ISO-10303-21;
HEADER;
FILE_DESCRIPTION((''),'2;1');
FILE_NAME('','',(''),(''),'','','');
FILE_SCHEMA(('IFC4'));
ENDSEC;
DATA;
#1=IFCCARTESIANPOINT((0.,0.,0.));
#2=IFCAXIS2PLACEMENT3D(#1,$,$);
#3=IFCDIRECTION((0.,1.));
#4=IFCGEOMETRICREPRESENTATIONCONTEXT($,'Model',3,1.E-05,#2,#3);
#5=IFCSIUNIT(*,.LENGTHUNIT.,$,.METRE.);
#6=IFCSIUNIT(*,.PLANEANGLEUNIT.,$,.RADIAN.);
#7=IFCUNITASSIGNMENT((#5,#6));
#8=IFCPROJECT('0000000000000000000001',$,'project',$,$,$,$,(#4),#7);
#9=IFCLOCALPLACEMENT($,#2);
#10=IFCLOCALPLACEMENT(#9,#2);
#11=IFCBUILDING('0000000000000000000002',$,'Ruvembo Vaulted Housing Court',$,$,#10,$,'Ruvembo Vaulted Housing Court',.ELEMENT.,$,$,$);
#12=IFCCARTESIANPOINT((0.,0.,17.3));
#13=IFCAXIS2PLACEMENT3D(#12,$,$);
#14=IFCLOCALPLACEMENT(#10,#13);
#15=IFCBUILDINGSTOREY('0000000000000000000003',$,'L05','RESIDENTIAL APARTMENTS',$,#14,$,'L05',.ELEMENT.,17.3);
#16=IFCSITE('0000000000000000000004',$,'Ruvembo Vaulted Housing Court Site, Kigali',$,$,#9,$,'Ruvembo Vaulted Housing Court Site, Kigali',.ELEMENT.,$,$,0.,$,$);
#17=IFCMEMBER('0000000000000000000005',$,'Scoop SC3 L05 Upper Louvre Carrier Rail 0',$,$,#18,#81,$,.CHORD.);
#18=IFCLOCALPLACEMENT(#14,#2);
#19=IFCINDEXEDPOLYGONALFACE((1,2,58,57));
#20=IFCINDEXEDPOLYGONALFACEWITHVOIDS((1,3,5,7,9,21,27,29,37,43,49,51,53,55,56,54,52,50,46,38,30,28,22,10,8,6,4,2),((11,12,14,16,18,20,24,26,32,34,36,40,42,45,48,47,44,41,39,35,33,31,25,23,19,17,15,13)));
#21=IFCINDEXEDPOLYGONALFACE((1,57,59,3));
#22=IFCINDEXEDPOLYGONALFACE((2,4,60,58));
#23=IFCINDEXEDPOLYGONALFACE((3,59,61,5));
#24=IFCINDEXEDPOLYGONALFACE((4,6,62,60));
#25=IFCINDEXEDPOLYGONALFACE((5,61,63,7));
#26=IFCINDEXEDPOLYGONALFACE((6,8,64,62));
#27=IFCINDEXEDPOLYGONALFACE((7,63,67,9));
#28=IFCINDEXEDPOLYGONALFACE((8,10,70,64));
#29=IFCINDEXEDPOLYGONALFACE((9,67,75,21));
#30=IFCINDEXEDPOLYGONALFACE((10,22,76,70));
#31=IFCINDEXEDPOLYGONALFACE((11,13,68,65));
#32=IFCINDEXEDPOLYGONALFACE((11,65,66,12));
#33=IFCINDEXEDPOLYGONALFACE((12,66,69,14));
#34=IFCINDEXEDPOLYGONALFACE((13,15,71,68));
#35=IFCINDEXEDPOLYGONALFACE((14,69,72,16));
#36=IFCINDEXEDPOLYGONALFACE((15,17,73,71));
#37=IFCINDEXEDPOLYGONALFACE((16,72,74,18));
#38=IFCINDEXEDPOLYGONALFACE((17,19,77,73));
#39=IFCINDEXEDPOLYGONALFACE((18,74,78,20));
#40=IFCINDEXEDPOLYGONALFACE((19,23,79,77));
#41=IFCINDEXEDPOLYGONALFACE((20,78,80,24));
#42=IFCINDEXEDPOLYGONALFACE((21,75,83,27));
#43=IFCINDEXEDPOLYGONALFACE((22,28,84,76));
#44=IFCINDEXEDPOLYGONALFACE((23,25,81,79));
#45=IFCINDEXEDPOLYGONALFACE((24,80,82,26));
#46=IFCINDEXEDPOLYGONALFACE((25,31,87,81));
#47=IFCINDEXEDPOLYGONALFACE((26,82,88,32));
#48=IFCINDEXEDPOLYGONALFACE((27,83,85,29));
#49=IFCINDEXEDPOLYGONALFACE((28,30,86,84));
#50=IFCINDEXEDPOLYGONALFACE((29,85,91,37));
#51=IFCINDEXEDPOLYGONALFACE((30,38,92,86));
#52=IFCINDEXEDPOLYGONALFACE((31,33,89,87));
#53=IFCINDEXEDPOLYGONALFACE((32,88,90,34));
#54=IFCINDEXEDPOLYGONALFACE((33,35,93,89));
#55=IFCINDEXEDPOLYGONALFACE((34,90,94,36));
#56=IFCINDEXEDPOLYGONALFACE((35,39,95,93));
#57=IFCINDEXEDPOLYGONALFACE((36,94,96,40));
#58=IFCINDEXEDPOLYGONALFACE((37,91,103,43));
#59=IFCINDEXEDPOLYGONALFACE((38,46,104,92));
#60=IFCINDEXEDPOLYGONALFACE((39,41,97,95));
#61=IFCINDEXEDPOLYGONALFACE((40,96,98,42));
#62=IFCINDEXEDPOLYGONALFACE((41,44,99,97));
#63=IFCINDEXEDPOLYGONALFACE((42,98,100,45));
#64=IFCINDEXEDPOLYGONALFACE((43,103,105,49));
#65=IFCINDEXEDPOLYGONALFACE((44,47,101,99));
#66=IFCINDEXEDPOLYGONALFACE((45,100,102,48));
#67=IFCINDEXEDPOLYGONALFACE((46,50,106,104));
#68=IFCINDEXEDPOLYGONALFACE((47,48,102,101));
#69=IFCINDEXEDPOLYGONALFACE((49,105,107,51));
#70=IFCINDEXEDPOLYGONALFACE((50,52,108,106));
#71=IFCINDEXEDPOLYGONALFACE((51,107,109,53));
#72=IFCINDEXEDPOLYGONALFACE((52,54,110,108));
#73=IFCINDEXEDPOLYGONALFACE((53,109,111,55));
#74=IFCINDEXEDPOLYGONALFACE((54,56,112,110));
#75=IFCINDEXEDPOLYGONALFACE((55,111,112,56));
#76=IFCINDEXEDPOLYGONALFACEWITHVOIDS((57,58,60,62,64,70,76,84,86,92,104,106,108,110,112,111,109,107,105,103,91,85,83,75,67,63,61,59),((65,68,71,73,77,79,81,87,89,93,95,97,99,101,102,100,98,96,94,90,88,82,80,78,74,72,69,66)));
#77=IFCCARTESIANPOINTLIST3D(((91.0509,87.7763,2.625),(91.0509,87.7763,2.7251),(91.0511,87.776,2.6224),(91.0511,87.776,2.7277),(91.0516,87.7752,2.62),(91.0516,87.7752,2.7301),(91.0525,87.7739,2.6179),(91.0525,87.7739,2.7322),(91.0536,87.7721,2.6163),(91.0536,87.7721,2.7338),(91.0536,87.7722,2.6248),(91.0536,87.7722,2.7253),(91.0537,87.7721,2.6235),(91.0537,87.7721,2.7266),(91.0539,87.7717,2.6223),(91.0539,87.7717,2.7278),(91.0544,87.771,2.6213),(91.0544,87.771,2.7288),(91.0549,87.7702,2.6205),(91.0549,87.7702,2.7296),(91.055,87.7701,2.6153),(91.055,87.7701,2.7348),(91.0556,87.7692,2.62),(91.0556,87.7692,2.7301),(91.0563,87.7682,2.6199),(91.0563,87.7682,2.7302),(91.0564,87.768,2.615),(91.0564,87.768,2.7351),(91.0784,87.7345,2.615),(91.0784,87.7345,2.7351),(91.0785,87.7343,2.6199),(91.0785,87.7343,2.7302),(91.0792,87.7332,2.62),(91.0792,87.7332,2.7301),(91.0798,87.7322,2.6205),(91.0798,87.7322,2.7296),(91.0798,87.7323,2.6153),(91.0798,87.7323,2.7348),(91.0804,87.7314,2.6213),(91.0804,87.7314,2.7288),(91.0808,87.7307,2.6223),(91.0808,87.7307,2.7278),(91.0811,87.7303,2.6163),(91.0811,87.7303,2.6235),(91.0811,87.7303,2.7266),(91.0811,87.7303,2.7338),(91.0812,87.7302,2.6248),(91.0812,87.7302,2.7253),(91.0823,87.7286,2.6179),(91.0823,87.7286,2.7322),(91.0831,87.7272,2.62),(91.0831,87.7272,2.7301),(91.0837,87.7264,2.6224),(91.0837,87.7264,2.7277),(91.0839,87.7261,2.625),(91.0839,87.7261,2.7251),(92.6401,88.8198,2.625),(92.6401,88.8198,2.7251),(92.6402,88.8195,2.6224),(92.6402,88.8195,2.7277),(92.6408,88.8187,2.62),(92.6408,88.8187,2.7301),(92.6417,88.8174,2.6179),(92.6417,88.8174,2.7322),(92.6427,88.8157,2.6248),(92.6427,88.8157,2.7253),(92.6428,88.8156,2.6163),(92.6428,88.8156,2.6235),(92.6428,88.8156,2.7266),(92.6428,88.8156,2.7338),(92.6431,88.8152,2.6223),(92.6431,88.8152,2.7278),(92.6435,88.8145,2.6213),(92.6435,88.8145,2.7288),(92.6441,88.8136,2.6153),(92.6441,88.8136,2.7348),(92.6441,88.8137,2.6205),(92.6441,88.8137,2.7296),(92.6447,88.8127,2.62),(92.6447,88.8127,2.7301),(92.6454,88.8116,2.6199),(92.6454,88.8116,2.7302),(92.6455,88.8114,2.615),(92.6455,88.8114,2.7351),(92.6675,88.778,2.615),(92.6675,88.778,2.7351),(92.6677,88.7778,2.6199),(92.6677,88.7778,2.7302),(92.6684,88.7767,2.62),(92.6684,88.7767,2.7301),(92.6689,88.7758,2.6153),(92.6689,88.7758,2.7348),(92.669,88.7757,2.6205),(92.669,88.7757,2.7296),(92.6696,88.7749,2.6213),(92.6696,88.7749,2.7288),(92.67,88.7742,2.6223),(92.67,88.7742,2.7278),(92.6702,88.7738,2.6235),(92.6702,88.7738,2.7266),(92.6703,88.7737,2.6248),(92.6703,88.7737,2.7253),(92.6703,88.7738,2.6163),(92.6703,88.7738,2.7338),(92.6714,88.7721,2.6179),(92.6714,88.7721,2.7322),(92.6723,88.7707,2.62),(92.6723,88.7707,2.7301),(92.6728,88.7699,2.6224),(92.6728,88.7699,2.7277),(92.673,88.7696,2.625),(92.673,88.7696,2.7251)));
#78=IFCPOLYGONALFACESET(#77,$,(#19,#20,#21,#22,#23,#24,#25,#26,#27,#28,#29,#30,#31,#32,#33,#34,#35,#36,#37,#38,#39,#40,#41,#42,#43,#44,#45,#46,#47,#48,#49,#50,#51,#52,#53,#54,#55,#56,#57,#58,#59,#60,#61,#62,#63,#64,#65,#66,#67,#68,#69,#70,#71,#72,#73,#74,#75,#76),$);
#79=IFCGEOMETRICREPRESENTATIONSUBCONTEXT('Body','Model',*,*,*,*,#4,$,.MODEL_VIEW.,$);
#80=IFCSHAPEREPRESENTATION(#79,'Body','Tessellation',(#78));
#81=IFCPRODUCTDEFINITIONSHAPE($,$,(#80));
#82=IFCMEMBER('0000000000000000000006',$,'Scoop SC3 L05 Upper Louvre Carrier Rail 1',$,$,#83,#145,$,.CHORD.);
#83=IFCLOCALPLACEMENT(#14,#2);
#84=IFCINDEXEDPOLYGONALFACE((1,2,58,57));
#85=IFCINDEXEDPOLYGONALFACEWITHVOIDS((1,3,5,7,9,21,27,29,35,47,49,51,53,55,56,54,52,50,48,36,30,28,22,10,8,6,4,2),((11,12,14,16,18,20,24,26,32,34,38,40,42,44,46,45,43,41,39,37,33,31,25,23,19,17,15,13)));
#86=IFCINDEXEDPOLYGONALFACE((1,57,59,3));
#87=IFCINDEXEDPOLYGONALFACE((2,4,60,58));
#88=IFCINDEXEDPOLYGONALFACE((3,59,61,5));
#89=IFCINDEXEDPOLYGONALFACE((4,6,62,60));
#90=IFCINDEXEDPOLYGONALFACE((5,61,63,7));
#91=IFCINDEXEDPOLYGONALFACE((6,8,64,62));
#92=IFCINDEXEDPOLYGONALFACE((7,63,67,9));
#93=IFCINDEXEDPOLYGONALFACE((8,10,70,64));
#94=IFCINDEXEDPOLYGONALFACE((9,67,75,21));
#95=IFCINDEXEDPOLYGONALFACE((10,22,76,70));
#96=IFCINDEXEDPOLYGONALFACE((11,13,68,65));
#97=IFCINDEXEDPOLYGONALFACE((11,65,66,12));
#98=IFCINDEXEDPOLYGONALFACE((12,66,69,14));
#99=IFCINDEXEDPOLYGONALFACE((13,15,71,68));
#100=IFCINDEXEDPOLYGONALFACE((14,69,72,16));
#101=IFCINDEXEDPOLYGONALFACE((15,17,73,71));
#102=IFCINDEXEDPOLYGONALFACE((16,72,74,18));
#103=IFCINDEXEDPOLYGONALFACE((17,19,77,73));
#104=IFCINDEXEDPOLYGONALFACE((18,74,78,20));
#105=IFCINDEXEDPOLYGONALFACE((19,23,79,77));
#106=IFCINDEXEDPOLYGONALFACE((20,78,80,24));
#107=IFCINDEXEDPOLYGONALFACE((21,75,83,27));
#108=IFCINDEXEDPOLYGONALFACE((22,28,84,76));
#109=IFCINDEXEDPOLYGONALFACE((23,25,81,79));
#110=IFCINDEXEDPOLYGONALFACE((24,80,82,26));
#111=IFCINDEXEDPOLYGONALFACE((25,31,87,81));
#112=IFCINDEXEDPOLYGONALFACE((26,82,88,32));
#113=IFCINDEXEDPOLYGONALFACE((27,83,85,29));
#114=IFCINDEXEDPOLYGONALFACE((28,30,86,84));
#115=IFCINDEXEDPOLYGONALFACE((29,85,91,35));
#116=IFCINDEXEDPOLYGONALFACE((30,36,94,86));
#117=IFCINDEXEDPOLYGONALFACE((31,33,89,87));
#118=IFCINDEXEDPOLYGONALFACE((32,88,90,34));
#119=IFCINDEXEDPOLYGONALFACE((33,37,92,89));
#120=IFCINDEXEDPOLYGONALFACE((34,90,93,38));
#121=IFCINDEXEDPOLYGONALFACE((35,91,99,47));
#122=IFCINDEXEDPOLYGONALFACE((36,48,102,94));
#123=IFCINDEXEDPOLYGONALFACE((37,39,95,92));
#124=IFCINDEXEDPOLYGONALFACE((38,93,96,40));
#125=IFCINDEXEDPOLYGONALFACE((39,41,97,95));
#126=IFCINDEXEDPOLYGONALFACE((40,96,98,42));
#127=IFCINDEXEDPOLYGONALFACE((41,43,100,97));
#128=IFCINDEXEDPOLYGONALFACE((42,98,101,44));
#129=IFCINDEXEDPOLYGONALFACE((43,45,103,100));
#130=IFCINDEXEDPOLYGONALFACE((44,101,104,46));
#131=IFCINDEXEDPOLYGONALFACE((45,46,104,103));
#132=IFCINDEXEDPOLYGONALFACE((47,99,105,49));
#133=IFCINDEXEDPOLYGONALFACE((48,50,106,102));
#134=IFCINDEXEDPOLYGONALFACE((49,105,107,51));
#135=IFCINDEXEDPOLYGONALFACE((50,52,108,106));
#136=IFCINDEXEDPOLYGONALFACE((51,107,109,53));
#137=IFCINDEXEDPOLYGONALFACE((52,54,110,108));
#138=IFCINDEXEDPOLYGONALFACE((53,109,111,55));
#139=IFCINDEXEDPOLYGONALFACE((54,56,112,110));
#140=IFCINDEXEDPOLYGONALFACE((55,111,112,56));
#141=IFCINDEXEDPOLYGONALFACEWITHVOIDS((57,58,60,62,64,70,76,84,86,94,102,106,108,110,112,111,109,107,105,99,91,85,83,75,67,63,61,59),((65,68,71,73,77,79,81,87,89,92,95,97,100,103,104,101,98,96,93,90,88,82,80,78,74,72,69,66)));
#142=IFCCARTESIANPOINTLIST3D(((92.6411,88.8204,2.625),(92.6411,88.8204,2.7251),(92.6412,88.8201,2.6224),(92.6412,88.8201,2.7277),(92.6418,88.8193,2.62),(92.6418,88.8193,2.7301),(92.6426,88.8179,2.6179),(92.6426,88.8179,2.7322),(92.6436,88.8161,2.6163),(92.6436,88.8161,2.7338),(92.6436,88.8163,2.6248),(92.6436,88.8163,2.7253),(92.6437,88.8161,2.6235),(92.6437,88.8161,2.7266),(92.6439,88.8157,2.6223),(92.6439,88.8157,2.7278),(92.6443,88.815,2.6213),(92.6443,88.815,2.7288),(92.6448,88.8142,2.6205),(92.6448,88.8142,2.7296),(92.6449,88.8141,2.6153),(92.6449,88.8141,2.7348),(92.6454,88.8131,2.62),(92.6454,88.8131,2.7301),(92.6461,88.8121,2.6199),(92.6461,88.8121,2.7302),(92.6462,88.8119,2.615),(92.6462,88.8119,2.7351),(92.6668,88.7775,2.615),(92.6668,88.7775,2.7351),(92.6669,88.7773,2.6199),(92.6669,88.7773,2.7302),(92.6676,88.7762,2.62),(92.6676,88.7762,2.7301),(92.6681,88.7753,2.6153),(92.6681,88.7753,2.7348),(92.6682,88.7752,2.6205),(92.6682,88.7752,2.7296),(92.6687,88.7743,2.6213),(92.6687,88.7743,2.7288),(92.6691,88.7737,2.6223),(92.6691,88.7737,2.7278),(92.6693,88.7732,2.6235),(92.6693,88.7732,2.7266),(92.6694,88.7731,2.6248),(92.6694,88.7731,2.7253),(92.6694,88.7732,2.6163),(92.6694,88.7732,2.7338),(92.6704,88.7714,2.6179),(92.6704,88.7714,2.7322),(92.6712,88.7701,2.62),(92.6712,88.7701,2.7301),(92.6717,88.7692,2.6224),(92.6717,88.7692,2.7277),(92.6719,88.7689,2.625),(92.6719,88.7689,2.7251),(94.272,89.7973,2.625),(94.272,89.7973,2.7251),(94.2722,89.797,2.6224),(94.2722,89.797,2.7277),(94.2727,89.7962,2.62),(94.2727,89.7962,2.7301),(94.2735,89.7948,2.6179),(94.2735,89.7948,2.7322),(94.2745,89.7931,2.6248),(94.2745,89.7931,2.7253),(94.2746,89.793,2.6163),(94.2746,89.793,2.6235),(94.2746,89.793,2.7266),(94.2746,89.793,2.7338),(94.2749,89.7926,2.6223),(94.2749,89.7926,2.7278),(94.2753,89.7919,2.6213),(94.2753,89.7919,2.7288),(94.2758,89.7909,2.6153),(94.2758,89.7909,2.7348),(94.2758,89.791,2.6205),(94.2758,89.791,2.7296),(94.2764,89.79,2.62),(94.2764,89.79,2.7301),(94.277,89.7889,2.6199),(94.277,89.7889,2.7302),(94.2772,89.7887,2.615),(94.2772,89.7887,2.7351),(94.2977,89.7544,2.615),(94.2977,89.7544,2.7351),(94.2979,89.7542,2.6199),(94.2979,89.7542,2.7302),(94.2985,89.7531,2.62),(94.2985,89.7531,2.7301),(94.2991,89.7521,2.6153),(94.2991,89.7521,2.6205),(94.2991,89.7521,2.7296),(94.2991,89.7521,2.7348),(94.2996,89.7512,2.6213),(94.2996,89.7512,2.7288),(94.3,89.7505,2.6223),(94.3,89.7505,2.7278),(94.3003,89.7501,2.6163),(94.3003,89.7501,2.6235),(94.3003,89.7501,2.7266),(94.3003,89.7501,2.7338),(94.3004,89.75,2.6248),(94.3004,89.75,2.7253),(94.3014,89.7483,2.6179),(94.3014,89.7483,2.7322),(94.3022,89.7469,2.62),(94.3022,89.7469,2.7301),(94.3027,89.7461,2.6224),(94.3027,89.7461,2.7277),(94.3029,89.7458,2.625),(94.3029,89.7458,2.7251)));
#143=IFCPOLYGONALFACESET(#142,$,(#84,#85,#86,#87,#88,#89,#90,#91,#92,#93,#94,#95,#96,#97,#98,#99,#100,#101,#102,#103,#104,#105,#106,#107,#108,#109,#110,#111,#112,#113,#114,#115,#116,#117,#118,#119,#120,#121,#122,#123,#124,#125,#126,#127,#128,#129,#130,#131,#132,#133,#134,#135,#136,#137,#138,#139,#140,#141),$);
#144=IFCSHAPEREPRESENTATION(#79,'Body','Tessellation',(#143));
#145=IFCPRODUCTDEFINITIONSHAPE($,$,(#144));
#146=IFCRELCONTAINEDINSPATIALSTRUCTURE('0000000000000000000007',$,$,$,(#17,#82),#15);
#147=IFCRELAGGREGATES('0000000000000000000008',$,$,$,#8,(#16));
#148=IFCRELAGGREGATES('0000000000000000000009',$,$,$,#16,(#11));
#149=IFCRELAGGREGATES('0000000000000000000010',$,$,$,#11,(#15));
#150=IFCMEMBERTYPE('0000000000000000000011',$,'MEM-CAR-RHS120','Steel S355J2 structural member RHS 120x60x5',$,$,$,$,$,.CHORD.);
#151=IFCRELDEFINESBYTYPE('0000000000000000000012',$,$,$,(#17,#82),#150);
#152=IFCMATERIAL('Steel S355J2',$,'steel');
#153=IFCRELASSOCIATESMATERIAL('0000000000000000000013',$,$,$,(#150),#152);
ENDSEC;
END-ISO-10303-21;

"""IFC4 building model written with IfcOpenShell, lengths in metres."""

from ifc_helpers import new_model, si_unit, direction, frame, origin, origin_2d, place, context, subcontext, project, spatial, hollow_rectangle, extrude, material, material_profile, profile_set, type_object, element, save


model = new_model("IFC4")

# Units and contexts
model_context = context("Model", 3, precision=1e-05, world=origin(), true_north=direction((0.0, 1.0)))
body_context = subcontext(model_context, "Body", "Model", "MODEL_VIEW")
ifc_project = project(units=[si_unit("LENGTHUNIT", "METRE"), si_unit("PLANEANGLEUNIT", "RADIAN")], contexts=[model_context])

# Site, building, storey
site_placement = place(None, origin())
site = spatial("IfcSite", under=ifc_project, at=site_placement, Name="Ruvembo Vaulted Housing Court Site, Kigali", LongName="Ruvembo Vaulted Housing Court Site, Kigali", CompositionType="ELEMENT", RefElevation=0.0)
building_placement = place(site_placement, origin())
building = spatial("IfcBuilding", under=site, at=building_placement, Name="Ruvembo Vaulted Housing Court", LongName="Ruvembo Vaulted Housing Court", CompositionType="ELEMENT")
storey_placement = place(building_placement, frame((0.0, 0.0, 17.3)))
storey = spatial("IfcBuildingStorey", under=building, at=storey_placement, Name="L05", Description="RESIDENTIAL APARTMENTS", LongName="L05", CompositionType="ELEMENT", Elevation=17.3)

# Shared definitions
ifc_material_1 = material(Name="Steel S355J2", Category="steel")

# Members
ifc_material_profile_1 = material_profile(ifc_material_1, hollow_rectangle(XDim=0.0601, YDim=0.1201, WallThickness=0.0049, InnerFilletRadius=0.0049, OuterFilletRadius=0.01, at=origin_2d()), Name="RHS 120x60x5")
ifc_profile_set_1 = profile_set([ifc_material_profile_1], Name="Steel S355J2")
member_type_1 = type_object("IfcMemberType", Name="MEM-CAR-RHS120", Description="Steel S355J2 structural member RHS 120x60x5", PredefinedType="CHORD", material=ifc_profile_set_1)
for number, where, z_axis, x_axis, name in (
    (1, (91.0674, 87.7512, 2.675), (0.835902, 0.548878, 0.0), (-0.548878, 0.835902, 0.0), "Scoop SC3 L05 Upper Louvre Carrier Rail 0"),
    (2, (92.6565, 88.7947, 2.675), (0.857889, 0.513835, 0.0), (-0.513835, 0.857889, 0.0), "Scoop SC3 L05 Upper Louvre Carrier Rail 1"),
):
    element("IfcMember", number, at=place(storey_placement, frame(where, z_axis=z_axis, x_axis=x_axis)), inside=storey, type_object=member_type_1, Name=name, PredefinedType="CHORD", context=body_context, shape_type="SweptSolid", body=[
        extrude(hollow_rectangle(XDim=0.0601, YDim=0.1201, WallThickness=0.0049, InnerFilletRadius=0.0049, OuterFilletRadius=0.01, at=origin_2d()), origin(), (0.0, 0.0, 1.0), 1.9011),
    ])

save(model, "model.ifc")
